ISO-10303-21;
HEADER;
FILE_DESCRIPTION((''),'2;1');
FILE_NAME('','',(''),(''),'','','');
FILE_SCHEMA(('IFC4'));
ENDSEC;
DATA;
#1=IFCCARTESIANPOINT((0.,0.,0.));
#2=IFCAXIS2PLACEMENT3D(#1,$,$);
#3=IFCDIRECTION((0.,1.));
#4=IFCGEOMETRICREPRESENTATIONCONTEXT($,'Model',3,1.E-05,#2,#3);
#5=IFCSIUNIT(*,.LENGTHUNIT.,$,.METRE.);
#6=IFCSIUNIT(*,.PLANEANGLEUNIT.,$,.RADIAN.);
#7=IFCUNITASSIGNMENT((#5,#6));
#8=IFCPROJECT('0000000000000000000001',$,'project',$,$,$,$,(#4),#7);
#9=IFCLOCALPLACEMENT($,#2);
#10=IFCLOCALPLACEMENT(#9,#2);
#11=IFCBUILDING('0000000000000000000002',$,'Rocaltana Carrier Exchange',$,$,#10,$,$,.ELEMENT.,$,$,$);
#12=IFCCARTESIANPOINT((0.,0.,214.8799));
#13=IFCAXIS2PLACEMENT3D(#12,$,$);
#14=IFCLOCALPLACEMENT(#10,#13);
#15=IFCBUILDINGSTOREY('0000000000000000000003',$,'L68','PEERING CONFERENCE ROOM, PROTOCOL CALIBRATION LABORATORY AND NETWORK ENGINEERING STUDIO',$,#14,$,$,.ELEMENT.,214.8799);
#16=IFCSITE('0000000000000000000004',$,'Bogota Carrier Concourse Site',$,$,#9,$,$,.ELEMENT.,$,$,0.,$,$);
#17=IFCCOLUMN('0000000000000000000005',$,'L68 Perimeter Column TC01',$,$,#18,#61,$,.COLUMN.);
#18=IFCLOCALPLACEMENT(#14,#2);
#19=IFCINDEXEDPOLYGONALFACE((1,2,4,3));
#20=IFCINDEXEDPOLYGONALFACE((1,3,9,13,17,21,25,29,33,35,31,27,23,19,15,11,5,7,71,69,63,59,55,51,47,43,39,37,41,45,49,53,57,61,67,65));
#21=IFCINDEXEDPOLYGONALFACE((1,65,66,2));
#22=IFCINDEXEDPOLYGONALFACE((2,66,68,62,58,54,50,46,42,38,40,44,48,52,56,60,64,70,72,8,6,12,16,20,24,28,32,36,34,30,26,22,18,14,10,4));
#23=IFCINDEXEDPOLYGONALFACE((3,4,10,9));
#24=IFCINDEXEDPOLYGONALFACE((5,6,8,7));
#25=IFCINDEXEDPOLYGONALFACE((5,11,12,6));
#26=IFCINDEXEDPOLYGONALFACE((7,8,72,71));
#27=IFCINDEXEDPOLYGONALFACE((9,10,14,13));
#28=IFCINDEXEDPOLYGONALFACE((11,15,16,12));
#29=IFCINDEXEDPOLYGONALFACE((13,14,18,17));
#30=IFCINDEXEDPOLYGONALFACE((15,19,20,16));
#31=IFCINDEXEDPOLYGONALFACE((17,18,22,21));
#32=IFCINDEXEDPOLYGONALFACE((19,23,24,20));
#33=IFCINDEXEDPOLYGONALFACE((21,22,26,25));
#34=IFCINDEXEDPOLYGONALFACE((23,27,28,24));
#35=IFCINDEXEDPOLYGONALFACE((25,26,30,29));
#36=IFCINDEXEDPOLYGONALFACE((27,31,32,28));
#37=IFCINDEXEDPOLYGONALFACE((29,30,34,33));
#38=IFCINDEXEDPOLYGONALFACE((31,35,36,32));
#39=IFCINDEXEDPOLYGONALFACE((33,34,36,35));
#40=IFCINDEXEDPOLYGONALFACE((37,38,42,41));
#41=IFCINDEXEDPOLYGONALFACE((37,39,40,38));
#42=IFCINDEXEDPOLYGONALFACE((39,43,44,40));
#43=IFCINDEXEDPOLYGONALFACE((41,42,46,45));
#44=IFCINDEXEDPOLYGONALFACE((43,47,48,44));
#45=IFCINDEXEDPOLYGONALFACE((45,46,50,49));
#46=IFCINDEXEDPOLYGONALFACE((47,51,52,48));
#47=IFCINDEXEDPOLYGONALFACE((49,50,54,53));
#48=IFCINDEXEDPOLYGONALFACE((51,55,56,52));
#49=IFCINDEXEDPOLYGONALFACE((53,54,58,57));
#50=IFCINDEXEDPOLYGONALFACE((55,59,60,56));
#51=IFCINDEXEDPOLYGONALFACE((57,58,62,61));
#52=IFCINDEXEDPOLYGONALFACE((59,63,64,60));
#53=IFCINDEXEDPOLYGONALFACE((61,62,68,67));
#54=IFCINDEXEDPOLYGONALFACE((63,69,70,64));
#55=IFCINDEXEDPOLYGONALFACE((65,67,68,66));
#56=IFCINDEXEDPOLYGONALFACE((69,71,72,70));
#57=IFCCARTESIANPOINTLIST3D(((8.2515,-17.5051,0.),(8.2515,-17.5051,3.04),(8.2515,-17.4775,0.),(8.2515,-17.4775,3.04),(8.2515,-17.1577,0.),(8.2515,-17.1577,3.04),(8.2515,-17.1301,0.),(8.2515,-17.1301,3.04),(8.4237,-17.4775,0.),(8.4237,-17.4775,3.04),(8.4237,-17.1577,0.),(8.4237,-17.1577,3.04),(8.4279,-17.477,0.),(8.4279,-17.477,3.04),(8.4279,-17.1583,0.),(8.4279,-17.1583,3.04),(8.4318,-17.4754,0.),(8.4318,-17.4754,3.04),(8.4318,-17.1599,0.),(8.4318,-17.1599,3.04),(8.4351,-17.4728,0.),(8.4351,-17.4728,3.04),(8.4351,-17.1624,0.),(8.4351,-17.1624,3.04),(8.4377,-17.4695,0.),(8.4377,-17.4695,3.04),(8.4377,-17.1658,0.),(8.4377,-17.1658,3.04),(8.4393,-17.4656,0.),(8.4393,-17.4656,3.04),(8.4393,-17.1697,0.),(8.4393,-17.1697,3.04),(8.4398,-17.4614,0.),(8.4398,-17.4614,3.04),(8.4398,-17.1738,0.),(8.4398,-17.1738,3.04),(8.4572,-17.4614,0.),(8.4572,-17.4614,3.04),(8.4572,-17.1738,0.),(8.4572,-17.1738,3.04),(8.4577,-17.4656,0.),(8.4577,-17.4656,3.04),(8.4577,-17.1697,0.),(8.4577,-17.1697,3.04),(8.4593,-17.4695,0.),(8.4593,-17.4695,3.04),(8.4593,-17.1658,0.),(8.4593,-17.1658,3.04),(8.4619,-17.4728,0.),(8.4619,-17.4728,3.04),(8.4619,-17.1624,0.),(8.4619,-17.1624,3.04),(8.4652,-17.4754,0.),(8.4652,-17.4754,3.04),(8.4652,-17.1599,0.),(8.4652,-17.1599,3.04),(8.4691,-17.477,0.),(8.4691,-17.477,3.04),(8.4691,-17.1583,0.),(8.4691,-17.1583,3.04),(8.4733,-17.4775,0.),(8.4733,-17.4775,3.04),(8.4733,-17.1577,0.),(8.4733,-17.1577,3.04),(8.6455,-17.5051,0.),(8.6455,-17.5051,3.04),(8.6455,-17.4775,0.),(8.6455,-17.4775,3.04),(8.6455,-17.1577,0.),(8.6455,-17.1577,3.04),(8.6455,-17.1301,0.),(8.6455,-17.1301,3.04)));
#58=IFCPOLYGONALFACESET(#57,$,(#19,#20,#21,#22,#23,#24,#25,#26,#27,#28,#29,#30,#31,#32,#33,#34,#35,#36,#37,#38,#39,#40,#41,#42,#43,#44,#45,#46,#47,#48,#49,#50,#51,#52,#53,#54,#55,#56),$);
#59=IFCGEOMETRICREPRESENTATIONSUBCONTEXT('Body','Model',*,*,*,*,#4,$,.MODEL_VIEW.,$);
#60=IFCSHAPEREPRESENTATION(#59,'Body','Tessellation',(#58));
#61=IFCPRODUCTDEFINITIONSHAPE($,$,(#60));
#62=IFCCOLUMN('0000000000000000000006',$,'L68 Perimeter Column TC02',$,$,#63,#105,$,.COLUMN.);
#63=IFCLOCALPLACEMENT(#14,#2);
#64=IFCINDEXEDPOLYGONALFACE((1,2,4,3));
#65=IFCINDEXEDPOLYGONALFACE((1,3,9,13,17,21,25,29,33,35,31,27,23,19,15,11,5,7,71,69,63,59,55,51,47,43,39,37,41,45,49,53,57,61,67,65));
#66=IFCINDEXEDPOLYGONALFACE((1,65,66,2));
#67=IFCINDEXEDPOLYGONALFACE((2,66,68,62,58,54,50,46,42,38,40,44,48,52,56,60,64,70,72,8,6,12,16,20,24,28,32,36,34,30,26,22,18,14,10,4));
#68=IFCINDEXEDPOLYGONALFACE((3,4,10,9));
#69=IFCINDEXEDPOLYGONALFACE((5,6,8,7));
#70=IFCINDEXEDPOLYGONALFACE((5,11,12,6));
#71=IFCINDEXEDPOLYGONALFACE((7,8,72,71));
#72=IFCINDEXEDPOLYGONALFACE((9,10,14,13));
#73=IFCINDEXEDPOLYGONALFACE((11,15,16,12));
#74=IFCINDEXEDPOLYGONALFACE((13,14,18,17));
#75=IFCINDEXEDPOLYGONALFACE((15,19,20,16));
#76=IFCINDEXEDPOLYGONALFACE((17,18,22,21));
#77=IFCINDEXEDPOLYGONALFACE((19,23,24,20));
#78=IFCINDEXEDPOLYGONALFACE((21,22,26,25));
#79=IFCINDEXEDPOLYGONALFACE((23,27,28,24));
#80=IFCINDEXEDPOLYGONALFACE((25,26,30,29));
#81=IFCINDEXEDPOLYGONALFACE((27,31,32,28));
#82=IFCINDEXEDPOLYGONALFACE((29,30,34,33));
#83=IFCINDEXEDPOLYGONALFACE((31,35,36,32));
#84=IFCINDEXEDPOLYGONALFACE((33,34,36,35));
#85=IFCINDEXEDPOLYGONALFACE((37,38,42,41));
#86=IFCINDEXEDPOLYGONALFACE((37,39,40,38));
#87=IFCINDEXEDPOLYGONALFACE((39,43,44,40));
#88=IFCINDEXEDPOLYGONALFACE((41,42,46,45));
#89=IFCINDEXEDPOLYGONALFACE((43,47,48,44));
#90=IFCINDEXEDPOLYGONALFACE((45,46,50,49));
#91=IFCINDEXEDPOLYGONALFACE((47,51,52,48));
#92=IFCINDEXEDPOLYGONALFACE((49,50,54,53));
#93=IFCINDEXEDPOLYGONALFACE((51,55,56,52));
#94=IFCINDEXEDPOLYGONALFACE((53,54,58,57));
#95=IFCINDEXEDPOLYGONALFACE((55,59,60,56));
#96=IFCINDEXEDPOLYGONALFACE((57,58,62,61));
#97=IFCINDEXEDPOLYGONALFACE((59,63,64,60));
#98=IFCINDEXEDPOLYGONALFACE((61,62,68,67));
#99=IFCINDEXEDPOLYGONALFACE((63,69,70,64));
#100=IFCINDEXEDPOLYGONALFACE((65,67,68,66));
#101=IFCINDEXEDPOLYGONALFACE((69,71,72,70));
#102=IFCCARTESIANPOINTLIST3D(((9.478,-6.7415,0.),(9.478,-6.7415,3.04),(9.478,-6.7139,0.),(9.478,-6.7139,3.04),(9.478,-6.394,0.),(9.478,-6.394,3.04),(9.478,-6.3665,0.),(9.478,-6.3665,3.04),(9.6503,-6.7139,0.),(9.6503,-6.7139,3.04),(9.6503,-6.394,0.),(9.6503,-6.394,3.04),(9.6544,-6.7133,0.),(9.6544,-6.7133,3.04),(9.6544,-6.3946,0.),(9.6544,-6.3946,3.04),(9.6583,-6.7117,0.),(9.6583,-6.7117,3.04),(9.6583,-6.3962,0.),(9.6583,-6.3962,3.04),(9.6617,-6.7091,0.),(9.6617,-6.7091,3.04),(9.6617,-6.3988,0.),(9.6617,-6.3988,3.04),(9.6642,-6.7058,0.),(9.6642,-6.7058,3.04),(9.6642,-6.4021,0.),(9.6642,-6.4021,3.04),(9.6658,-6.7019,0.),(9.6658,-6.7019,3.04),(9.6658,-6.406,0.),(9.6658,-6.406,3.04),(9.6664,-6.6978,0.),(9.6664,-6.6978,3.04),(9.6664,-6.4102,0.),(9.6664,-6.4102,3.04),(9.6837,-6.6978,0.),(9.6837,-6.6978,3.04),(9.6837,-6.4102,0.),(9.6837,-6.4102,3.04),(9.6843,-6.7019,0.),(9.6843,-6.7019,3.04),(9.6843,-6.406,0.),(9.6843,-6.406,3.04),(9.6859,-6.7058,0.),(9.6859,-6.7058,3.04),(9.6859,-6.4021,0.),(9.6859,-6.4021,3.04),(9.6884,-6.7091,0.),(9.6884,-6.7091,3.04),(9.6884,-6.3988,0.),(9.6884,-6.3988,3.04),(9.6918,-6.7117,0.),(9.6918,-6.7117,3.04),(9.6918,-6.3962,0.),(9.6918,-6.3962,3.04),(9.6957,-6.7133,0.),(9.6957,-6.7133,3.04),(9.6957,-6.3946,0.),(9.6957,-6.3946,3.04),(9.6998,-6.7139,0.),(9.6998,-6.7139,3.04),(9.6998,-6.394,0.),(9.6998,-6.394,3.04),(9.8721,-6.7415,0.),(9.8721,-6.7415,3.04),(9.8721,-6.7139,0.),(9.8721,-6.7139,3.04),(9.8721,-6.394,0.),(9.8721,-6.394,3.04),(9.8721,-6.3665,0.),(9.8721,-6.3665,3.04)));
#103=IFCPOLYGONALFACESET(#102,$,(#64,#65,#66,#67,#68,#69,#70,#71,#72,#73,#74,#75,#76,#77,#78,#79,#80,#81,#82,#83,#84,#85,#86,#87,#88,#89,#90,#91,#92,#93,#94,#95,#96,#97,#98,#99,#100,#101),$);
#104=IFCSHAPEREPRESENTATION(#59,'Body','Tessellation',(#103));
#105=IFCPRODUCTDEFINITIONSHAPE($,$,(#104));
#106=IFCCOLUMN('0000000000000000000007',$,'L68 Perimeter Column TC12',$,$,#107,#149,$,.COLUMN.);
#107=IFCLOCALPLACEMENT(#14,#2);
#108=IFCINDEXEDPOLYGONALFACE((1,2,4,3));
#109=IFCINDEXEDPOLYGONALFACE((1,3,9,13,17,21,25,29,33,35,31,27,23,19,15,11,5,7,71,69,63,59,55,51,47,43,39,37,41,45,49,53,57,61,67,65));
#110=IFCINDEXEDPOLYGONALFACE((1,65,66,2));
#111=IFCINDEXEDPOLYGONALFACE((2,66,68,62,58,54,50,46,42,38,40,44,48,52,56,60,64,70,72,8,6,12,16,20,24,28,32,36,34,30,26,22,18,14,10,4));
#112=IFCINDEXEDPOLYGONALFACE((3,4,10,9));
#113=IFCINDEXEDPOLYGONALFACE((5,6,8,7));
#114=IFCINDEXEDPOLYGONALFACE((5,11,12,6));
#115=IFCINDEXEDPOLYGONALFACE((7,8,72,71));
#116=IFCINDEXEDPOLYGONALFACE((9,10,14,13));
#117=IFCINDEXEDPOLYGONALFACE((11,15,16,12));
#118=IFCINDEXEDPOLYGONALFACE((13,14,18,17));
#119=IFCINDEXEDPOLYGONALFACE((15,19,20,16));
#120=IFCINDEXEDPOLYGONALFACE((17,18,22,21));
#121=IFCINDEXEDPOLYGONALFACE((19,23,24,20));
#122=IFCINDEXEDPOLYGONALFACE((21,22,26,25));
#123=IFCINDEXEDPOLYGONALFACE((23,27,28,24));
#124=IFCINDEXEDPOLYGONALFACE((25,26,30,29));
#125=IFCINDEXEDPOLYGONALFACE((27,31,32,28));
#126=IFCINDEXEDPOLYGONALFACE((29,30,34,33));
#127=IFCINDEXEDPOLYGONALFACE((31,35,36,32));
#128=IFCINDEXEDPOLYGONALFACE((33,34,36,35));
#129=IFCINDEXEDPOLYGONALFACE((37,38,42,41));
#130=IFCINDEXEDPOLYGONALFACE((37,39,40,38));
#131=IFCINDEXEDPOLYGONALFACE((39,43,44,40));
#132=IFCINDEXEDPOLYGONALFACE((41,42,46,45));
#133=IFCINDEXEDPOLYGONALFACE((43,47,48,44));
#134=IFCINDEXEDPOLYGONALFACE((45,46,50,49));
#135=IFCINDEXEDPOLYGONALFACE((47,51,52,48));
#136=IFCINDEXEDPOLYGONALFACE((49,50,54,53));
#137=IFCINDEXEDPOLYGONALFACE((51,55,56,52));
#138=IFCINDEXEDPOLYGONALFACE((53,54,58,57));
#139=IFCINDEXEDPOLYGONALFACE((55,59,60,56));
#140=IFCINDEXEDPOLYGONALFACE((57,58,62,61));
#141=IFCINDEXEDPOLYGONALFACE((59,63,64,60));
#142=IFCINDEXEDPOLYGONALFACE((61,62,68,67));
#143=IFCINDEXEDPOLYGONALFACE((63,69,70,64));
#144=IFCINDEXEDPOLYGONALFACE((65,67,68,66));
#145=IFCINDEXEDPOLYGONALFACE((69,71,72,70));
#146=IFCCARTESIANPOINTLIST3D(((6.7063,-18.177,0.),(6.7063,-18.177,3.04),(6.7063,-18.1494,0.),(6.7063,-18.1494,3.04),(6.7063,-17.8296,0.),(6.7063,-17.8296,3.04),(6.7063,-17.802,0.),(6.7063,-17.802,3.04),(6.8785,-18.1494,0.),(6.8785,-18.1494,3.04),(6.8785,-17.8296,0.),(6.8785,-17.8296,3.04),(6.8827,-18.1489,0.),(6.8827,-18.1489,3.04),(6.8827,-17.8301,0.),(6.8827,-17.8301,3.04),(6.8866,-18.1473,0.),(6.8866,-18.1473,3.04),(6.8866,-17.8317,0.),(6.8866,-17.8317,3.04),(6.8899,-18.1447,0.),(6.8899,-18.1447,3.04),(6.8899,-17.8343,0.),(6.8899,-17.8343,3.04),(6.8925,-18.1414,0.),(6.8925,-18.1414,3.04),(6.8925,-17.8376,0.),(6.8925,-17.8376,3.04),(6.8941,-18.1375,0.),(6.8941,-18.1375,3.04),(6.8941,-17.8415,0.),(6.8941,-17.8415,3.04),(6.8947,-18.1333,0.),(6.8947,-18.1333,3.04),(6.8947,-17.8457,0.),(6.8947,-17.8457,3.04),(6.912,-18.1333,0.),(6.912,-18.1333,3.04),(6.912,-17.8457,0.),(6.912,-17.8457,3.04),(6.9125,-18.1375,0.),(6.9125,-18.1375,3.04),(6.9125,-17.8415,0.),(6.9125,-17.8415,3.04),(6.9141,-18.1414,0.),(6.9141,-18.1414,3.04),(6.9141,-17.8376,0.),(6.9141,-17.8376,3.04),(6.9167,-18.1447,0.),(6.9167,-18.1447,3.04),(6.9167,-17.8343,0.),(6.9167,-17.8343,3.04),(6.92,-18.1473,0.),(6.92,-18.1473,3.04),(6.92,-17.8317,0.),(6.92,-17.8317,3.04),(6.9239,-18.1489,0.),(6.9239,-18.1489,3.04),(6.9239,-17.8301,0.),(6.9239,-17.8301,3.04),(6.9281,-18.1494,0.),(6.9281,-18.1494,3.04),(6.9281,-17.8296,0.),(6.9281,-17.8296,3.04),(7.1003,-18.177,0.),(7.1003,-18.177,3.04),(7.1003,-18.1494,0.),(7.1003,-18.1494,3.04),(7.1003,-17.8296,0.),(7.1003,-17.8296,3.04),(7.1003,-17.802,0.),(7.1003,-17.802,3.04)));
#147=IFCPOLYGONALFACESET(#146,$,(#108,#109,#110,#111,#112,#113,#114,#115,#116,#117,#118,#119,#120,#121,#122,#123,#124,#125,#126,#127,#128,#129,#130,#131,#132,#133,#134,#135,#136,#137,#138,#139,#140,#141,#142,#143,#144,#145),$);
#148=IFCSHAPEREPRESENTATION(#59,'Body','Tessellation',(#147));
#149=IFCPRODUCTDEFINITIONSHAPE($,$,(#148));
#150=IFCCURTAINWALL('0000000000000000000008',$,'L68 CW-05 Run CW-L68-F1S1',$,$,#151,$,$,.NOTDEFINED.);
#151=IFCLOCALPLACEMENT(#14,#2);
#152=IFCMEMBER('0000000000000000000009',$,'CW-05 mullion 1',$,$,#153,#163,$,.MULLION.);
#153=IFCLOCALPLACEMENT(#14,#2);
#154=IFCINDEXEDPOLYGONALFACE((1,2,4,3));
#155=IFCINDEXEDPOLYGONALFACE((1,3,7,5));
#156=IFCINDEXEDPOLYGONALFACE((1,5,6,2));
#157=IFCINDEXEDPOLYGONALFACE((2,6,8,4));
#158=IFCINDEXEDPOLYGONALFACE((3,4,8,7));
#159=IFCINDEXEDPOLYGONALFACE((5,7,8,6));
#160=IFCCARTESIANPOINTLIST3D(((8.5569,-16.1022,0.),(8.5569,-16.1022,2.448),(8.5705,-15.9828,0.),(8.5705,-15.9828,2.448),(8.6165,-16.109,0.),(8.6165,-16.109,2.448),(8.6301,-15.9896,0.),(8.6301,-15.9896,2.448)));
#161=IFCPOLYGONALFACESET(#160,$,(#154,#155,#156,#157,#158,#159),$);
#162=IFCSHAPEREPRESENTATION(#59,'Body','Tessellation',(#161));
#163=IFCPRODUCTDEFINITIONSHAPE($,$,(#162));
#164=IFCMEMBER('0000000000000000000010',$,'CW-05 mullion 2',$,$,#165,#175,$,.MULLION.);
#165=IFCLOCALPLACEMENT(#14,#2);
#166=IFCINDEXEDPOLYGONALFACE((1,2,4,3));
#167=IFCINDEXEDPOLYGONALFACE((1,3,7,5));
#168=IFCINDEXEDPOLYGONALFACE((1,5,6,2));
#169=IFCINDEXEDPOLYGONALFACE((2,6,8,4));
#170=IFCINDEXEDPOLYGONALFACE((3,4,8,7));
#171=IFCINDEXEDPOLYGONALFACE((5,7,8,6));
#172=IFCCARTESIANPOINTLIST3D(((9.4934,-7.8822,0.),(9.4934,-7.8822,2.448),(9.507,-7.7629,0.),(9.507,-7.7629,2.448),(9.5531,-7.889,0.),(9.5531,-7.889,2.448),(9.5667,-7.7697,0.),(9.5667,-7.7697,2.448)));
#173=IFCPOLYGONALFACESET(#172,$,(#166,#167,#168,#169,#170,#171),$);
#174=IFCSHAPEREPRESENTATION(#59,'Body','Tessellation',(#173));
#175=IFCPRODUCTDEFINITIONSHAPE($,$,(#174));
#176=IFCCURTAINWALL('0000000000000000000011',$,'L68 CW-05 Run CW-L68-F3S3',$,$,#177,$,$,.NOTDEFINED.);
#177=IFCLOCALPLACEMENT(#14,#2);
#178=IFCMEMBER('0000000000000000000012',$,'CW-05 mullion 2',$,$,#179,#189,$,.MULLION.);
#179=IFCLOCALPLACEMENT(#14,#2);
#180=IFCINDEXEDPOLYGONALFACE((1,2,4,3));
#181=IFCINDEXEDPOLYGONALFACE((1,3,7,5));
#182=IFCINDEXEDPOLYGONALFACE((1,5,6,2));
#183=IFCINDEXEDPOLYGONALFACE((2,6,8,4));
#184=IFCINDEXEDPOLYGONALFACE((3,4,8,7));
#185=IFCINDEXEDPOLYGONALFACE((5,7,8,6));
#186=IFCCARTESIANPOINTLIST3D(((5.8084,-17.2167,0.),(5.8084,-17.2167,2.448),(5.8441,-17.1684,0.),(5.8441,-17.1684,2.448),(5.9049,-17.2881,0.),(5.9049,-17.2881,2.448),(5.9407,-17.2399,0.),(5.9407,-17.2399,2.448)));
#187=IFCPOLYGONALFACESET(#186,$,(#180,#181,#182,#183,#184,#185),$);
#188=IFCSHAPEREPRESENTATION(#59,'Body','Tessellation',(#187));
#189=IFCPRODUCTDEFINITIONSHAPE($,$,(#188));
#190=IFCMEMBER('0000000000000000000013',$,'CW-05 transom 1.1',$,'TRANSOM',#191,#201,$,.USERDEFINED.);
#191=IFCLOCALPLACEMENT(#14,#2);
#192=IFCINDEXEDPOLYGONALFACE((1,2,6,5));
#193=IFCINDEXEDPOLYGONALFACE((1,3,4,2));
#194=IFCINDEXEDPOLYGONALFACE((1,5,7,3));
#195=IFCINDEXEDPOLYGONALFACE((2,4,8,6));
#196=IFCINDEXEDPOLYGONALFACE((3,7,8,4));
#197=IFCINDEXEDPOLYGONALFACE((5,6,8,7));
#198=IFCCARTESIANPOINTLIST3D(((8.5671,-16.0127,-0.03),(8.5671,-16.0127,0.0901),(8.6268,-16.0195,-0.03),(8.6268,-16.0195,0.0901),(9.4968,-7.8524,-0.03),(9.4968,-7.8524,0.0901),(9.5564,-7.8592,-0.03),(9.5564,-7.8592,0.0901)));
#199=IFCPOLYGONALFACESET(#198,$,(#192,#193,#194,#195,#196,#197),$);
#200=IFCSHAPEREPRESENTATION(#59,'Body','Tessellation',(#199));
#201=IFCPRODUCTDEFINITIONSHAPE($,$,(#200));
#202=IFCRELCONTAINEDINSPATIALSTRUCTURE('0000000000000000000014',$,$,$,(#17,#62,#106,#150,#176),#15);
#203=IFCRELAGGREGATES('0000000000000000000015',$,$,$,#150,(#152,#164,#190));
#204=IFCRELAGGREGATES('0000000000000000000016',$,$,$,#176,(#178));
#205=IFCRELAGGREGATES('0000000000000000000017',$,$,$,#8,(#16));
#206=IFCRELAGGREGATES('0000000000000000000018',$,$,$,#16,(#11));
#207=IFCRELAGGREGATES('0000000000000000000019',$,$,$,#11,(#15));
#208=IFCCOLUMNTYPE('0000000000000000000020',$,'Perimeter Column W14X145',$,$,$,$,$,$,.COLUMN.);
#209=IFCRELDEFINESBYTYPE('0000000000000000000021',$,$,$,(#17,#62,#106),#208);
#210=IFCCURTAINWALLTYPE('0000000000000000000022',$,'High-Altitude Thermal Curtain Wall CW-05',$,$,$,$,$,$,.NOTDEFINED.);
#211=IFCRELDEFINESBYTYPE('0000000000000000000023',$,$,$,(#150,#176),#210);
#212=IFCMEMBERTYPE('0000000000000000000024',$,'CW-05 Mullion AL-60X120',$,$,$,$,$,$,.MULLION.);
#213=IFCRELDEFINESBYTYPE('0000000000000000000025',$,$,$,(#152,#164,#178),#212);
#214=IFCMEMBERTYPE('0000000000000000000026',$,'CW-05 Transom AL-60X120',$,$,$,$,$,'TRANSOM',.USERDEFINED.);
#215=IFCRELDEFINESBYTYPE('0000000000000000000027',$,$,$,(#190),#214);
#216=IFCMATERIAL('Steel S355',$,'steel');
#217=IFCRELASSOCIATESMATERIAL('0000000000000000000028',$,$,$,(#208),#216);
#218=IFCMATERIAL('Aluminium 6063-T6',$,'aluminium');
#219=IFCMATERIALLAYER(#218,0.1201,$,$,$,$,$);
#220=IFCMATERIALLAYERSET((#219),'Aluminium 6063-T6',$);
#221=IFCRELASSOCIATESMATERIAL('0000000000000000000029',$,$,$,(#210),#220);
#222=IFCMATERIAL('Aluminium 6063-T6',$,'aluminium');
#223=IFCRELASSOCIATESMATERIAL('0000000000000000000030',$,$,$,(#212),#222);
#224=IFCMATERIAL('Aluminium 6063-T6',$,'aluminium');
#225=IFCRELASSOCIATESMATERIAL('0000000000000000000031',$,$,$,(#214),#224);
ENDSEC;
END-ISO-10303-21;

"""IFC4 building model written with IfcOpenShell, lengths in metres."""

from ifc_helpers import new_model, si_unit, direction, frame, origin, origin_2d, place, context, subcontext, project, spatial, rectangle, i_section, extrude, material, layer, layer_set, material_profile, profile_set, type_object, element, aggregate, save


model = new_model("IFC4")

# Units and contexts
model_context = context("Model", 3, precision=1e-05, world=origin(), true_north=direction((0.0, 1.0)))
body_context = subcontext(model_context, "Body", "Model", "MODEL_VIEW")
ifc_project = project(units=[si_unit("LENGTHUNIT", "METRE"), si_unit("PLANEANGLEUNIT", "RADIAN")], contexts=[model_context])

# Site, building, storey
site_placement = place(None, origin())
site = spatial("IfcSite", under=ifc_project, at=site_placement, Name="Bogota Carrier Concourse Site", CompositionType="ELEMENT", RefElevation=0.0)
building_placement = place(site_placement, origin())
building = spatial("IfcBuilding", under=site, at=building_placement, Name="Rocaltana Carrier Exchange", CompositionType="ELEMENT")
storey_placement = place(building_placement, frame((0.0, 0.0, 214.8799)))
storey = spatial("IfcBuildingStorey", under=building, at=storey_placement, Name="L68", Description="PEERING CONFERENCE ROOM, PROTOCOL CALIBRATION LABORATORY AND NETWORK ENGINEERING STUDIO", CompositionType="ELEMENT", Elevation=214.8799)

# Columns
ifc_material_1 = material(Name="Steel S355", Category="steel")
ifc_material_profile_1 = material_profile(ifc_material_1, i_section(OverallWidth=0.394, OverallDepth=0.375, WebThickness=0.0173, FlangeThickness=0.0276, FilletRadius=0.0161, at=origin_2d()), Name="W14X145")
ifc_profile_set_1 = profile_set([ifc_material_profile_1], Name="Steel S355")
column_type = type_object("IfcColumnType", Name="Perimeter Column W14X145", PredefinedType="COLUMN", material=ifc_profile_set_1)
for number, where, z_axis, x_axis, name in (
    (1, (8.4485, -17.3176, 0.0), (0.0, 0.0, 1.0), (1.0, 0.0, 0.0), "L68 Perimeter Column TC01"),
    (2, (9.675, -6.554, 0.0), (0.0, 0.0, 1.0), (1.0, 0.0, 0.0), "L68 Perimeter Column TC02"),
    (3, (6.9033, -17.9895, 0.0), (0.0, 0.0, 1.0), (1.0, 0.0, 0.0), "L68 Perimeter Column TC12"),
):
    element("IfcColumn", number, at=place(storey_placement, frame(where, z_axis=z_axis, x_axis=x_axis)), inside=storey, type_object=column_type, Name=name, PredefinedType="COLUMN", context=body_context, shape_type="SweptSolid", body=[
        extrude(i_section(OverallWidth=0.394, OverallDepth=0.375, WebThickness=0.0173, FlangeThickness=0.0276, FilletRadius=0.0161, at=origin_2d()), origin(), (0.0, 0.0, 1.0), 3.04),
    ])

# Curtain wall, members
ifc_material_2 = material(Name="Aluminium 6063-T6", Category="aluminium")
ifc_layer_1 = layer(ifc_material_2, 0.1201)
ifc_layer_set_1 = layer_set([ifc_layer_1], Name="Aluminium 6063-T6")
curtain_wall_type = type_object("IfcCurtainWallType", Name="High-Altitude Thermal Curtain Wall CW-05", PredefinedType="NOTDEFINED", material=ifc_layer_set_1)
curtain_wall_1_placement = place(storey_placement, origin())
curtain_wall_1 = element("IfcCurtainWall", 4, at=curtain_wall_1_placement, inside=storey, type_object=curtain_wall_type, Name="L68 CW-05 Run CW-L68-F1S1", PredefinedType="NOTDEFINED")
ifc_material_3 = material(Name="Aluminium 6063-T6", Category="aluminium")
ifc_material_profile_2 = material_profile(ifc_material_3, rectangle(XDim=0.0601, YDim=0.1201, at=origin_2d()), Name="AL-60X120")
ifc_profile_set_2 = profile_set([ifc_material_profile_2], Name="Aluminium 6063-T6")
member_type_1 = type_object("IfcMemberType", Name="CW-05 Mullion AL-60X120", PredefinedType="MULLION", material=ifc_profile_set_2)
member_1_placement = place(storey_placement, frame((8.5935, -16.0459, 0.0), z_axis=(0.0, 0.0, 1.0), x_axis=(-0.993571, 0.113209, 0.0)))
member_1 = element("IfcMember", 5, at=member_1_placement, type_object=member_type_1, Name="CW-05 mullion 1", PredefinedType="MULLION", context=body_context, shape_type="SweptSolid", body=[
    extrude(rectangle(XDim=0.0601, YDim=0.1201, at=origin_2d()), origin(), (0.0, 0.0, 1.0), 2.448),
])
member_2_placement = place(storey_placement, frame((9.53, -7.8259, 0.0), z_axis=(0.0, 0.0, 1.0), x_axis=(-0.993571, 0.113209, 0.0)))
member_2 = element("IfcMember", 6, at=member_2_placement, type_object=member_type_1, Name="CW-05 mullion 2", PredefinedType="MULLION", context=body_context, shape_type="SweptSolid", body=[
    extrude(rectangle(XDim=0.0601, YDim=0.1201, at=origin_2d()), origin(), (0.0, 0.0, 1.0), 2.448),
])

# Curtain wall, member
curtain_wall_2_placement = place(storey_placement, origin())
curtain_wall_2 = element("IfcCurtainWall", 7, at=curtain_wall_2_placement, inside=storey, type_object=curtain_wall_type, Name="L68 CW-05 Run CW-L68-F3S3", PredefinedType="NOTDEFINED")
member_3_placement = place(storey_placement, frame((5.8745, -17.2283, 0.0), z_axis=(0.0, 0.0, 1.0), x_axis=(0.594827, 0.803854, 0.0)))
member_3 = element("IfcMember", 8, at=member_3_placement, type_object=member_type_1, Name="CW-05 mullion 2", PredefinedType="MULLION", context=body_context, shape_type="SweptSolid", body=[
    extrude(rectangle(XDim=0.0601, YDim=0.1201, at=origin_2d()), origin(), (0.0, 0.0, 1.0), 2.448),
])

# Member
ifc_material_4 = material(Name="Aluminium 6063-T6", Category="aluminium")
ifc_material_profile_3 = material_profile(ifc_material_4, rectangle(XDim=0.0601, YDim=0.1201, at=origin_2d()), Name="AL-60X120")
ifc_profile_set_3 = profile_set([ifc_material_profile_3], Name="Aluminium 6063-T6")
member_type_2 = type_object("IfcMemberType", Name="CW-05 Transom AL-60X120", ElementType="TRANSOM", PredefinedType="USERDEFINED", material=ifc_profile_set_3)
member_4_placement = place(storey_placement, frame((8.5969, -16.0161, 0.03), z_axis=(0.113194, 0.993573, 0.0), x_axis=(-0.993573, 0.113194, 0.0)))
member_4 = element("IfcMember", 9, at=member_4_placement, type_object=member_type_2, Name="CW-05 transom 1.1", ObjectType="TRANSOM", PredefinedType="USERDEFINED", context=body_context, shape_type="SweptSolid", body=[
    extrude(rectangle(XDim=0.0601, YDim=0.1201, at=origin_2d()), origin(), (0.0, 0.0, 1.0), 8.2131),
])

aggregate(curtain_wall_1, [member_1, member_2, member_4])
aggregate(curtain_wall_2, [member_3])

save(model, "model.ifc")
